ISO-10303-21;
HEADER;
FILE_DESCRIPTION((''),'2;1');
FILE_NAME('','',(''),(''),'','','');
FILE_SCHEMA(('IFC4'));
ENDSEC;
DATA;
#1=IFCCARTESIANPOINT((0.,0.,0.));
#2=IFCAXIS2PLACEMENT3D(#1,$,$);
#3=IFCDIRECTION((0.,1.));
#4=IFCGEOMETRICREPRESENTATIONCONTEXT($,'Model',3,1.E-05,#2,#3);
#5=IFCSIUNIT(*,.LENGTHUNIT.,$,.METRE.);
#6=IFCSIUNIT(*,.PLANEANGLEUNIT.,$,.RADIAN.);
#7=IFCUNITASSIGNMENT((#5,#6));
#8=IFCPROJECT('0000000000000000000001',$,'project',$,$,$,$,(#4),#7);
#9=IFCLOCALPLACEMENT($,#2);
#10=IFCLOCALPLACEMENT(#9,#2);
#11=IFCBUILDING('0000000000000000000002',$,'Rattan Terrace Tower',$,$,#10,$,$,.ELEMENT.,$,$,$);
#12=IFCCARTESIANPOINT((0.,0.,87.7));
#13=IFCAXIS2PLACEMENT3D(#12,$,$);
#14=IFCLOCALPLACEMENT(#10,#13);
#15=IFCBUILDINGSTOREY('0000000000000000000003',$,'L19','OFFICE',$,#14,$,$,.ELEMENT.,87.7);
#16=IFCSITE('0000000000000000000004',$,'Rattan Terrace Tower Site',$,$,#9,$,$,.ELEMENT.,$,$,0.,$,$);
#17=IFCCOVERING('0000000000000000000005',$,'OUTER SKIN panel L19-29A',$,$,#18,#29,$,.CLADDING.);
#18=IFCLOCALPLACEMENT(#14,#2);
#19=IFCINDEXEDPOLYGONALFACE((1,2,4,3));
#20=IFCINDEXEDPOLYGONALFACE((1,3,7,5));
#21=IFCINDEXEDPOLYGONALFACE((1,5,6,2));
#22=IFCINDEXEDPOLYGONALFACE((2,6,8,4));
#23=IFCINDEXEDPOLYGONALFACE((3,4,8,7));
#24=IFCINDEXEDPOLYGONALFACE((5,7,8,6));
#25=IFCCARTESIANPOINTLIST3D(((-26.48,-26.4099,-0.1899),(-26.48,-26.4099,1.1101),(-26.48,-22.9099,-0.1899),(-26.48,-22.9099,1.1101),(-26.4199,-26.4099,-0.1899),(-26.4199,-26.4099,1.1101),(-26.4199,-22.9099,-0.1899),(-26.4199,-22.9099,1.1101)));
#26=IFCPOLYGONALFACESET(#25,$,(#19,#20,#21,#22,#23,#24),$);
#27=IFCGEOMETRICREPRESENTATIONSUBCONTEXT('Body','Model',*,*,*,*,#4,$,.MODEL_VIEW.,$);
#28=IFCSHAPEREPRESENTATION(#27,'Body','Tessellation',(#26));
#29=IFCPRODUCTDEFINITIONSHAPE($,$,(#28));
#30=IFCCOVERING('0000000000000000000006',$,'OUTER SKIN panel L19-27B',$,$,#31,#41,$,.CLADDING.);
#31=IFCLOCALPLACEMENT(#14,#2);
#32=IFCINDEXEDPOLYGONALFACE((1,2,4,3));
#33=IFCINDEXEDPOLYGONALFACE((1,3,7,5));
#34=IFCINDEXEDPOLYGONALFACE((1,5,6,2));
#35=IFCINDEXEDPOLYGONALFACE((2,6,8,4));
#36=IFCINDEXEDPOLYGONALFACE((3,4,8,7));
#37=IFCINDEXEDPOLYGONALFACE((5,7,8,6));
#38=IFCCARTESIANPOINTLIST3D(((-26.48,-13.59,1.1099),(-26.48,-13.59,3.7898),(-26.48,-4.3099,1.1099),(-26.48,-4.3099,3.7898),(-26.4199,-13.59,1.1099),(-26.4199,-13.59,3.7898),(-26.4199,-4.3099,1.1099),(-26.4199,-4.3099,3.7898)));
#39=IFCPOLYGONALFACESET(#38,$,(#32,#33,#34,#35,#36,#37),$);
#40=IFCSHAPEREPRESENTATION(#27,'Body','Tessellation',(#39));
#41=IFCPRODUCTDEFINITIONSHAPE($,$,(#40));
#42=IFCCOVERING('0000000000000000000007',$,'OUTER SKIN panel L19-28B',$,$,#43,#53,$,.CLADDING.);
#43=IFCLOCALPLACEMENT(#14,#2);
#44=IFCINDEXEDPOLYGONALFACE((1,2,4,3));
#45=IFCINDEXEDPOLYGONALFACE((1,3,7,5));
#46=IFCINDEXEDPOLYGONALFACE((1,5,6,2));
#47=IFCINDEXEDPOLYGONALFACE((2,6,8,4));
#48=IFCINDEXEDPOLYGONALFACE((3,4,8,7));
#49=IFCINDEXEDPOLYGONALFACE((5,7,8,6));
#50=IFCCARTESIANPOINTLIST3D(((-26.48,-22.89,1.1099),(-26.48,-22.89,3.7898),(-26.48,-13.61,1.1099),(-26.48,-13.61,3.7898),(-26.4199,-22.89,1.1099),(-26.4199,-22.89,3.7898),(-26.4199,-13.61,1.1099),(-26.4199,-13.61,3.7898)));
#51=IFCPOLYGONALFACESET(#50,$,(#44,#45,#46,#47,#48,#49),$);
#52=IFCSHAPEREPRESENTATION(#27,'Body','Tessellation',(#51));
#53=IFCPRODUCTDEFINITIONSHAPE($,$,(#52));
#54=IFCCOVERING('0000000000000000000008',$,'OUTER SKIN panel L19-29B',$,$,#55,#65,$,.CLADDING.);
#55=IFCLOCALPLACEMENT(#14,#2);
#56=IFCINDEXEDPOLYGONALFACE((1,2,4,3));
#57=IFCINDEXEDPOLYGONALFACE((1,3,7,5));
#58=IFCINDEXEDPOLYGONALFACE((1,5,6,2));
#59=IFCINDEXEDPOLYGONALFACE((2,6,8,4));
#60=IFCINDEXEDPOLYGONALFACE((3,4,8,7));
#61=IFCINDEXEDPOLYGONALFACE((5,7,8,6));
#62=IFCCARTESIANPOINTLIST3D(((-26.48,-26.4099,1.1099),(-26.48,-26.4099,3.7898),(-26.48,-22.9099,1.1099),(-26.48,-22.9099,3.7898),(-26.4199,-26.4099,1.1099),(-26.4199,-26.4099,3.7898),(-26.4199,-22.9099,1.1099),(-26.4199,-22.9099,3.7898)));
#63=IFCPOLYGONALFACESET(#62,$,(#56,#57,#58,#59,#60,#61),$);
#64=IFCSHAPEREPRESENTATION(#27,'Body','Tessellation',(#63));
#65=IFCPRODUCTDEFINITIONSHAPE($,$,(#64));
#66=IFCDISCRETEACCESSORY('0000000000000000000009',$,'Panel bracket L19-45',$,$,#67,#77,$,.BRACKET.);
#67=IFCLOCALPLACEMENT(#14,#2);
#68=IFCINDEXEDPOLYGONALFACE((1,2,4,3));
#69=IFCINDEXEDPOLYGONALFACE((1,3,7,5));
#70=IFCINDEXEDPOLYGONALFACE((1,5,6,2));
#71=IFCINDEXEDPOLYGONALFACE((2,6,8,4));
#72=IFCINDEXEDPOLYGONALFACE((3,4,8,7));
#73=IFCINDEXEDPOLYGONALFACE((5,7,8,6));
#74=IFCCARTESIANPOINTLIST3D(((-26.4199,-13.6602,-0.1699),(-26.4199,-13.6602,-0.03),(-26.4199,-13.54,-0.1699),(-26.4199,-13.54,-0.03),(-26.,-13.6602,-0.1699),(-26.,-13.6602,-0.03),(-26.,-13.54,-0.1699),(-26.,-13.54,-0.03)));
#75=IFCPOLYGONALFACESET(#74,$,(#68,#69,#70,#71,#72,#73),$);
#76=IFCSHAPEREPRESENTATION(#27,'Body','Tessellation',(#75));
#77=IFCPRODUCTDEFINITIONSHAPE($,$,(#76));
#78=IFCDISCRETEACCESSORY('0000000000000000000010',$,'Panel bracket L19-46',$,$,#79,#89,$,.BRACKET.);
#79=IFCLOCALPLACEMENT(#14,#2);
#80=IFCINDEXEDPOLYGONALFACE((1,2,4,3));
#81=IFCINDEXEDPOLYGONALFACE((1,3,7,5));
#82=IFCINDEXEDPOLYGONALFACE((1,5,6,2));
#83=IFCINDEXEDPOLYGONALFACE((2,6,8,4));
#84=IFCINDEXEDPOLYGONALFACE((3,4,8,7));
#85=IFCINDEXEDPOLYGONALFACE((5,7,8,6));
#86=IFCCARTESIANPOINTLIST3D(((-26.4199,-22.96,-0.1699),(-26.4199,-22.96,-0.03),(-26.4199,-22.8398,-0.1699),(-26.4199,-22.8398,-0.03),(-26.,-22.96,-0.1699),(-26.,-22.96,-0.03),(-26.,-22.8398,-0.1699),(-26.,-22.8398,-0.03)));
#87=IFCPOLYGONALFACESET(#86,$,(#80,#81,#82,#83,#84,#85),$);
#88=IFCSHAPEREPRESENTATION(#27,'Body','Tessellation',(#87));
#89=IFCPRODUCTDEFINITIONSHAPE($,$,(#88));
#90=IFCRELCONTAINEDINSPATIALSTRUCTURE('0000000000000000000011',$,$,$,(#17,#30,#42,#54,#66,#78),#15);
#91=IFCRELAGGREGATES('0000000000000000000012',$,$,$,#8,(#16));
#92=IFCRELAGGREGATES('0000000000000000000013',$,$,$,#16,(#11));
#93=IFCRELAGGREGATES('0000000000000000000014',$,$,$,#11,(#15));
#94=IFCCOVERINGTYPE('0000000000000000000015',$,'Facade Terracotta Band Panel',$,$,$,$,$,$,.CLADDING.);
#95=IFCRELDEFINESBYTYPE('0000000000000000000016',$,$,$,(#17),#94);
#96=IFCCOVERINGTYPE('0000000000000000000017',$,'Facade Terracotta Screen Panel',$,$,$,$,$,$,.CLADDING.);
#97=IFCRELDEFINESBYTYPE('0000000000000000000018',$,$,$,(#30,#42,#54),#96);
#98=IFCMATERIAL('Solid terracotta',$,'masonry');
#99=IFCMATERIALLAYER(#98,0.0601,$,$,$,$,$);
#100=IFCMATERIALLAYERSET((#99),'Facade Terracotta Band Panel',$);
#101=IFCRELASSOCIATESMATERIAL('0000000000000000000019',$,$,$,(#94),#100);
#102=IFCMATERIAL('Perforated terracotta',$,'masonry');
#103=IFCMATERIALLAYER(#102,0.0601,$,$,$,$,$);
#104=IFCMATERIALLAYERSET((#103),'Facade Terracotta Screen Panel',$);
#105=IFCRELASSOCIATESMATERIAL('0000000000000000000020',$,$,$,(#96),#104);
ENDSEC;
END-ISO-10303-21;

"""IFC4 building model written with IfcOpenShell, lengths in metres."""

from ifc_helpers import new_model, si_unit, direction, frame, origin, origin_2d, place, context, subcontext, project, spatial, rectangle, extrude, material, layer, layer_set, type_object, element, save


model = new_model("IFC4")

# Units and contexts
model_context = context("Model", 3, precision=1e-05, world=origin(), true_north=direction((0.0, 1.0)))
body_context = subcontext(model_context, "Body", "Model", "MODEL_VIEW")
ifc_project = project(units=[si_unit("LENGTHUNIT", "METRE"), si_unit("PLANEANGLEUNIT", "RADIAN")], contexts=[model_context])

# Site, building, storey
site_placement = place(None, origin())
site = spatial("IfcSite", under=ifc_project, at=site_placement, Name="Rattan Terrace Tower Site", CompositionType="ELEMENT", RefElevation=0.0)
building_placement = place(site_placement, origin())
building = spatial("IfcBuilding", under=site, at=building_placement, Name="Rattan Terrace Tower", CompositionType="ELEMENT")
storey_placement = place(building_placement, frame((0.0, 0.0, 87.7)))
storey = spatial("IfcBuildingStorey", under=building, at=storey_placement, Name="L19", Description="OFFICE", CompositionType="ELEMENT", Elevation=87.7)

# Coverings
ifc_material_1 = material(Name="Solid terracotta", Category="masonry")
ifc_layer_1 = layer(ifc_material_1, 0.0601)
ifc_layer_set_1 = layer_set([ifc_layer_1], Name="Facade Terracotta Band Panel")
covering_type_1 = type_object("IfcCoveringType", Name="Facade Terracotta Band Panel", PredefinedType="CLADDING", material=ifc_layer_set_1)
covering_1_placement = place(storey_placement, frame((-26.45, -24.6599, -0.1899), z_axis=(0.0, 0.0, 1.0), x_axis=(0.0, -1.0, 0.0)))
element("IfcCovering", 1, at=covering_1_placement, inside=storey, type_object=covering_type_1, Name="OUTER SKIN panel L19-29A", PredefinedType="CLADDING", context=body_context, shape_type="SweptSolid", body=[
    extrude(rectangle(XDim=3.5, YDim=0.0601, at=origin_2d()), origin(), (0.0, 0.0, 1.0), 1.3),
])
ifc_material_2 = material(Name="Perforated terracotta", Category="masonry")
ifc_layer_2 = layer(ifc_material_2, 0.0601)
ifc_layer_set_2 = layer_set([ifc_layer_2], Name="Facade Terracotta Screen Panel")
covering_type_2 = type_object("IfcCoveringType", Name="Facade Terracotta Screen Panel", PredefinedType="CLADDING", material=ifc_layer_set_2)
for number, where, z_axis, x_axis, name in (
    (2, (-26.45, -8.95, 1.1099), (0.0, 0.0, 1.0), (0.0, -1.0, 0.0), "OUTER SKIN panel L19-27B"),
    (3, (-26.45, -18.25, 1.1099), (0.0, 0.0, 1.0), (0.0, -1.0, 0.0), "OUTER SKIN panel L19-28B"),
):
    element("IfcCovering", number, at=place(storey_placement, frame(where, z_axis=z_axis, x_axis=x_axis)), inside=storey, type_object=covering_type_2, Name=name, PredefinedType="CLADDING", context=body_context, shape_type="SweptSolid", body=[
        extrude(rectangle(XDim=9.28, YDim=0.0601, at=origin_2d()), origin(), (0.0, 0.0, 1.0), 2.6799),
    ])
covering_2_placement = place(storey_placement, frame((-26.45, -24.6599, 1.1099), z_axis=(0.0, 0.0, 1.0), x_axis=(0.0, -1.0, 0.0)))
element("IfcCovering", 4, at=covering_2_placement, inside=storey, type_object=covering_type_2, Name="OUTER SKIN panel L19-29B", PredefinedType="CLADDING", context=body_context, shape_type="SweptSolid", body=[
    extrude(rectangle(XDim=3.5, YDim=0.0601, at=origin_2d()), origin(), (0.0, 0.0, 1.0), 2.6799),
])

# Discrete accessories
for number, where, z_axis, x_axis, name in (
    (5, (-26.21, -13.6001, -0.1699), (0.0, 0.0, 1.0), (0.0, -1.0, 0.0), "Panel bracket L19-45"),
    (6, (-26.21, -22.8999, -0.1699), (0.0, 0.0, 1.0), (0.0, -1.0, 0.0), "Panel bracket L19-46"),
):
    element("IfcDiscreteAccessory", number, at=place(storey_placement, frame(where, z_axis=z_axis, x_axis=x_axis)), inside=storey, Name=name, PredefinedType="BRACKET", context=body_context, shape_type="SweptSolid", body=[
        extrude(rectangle(XDim=0.1201, YDim=0.4199, at=origin_2d()), origin(), (0.0, 0.0, 1.0), 0.1399),
    ])

save(model, "model.ifc")
